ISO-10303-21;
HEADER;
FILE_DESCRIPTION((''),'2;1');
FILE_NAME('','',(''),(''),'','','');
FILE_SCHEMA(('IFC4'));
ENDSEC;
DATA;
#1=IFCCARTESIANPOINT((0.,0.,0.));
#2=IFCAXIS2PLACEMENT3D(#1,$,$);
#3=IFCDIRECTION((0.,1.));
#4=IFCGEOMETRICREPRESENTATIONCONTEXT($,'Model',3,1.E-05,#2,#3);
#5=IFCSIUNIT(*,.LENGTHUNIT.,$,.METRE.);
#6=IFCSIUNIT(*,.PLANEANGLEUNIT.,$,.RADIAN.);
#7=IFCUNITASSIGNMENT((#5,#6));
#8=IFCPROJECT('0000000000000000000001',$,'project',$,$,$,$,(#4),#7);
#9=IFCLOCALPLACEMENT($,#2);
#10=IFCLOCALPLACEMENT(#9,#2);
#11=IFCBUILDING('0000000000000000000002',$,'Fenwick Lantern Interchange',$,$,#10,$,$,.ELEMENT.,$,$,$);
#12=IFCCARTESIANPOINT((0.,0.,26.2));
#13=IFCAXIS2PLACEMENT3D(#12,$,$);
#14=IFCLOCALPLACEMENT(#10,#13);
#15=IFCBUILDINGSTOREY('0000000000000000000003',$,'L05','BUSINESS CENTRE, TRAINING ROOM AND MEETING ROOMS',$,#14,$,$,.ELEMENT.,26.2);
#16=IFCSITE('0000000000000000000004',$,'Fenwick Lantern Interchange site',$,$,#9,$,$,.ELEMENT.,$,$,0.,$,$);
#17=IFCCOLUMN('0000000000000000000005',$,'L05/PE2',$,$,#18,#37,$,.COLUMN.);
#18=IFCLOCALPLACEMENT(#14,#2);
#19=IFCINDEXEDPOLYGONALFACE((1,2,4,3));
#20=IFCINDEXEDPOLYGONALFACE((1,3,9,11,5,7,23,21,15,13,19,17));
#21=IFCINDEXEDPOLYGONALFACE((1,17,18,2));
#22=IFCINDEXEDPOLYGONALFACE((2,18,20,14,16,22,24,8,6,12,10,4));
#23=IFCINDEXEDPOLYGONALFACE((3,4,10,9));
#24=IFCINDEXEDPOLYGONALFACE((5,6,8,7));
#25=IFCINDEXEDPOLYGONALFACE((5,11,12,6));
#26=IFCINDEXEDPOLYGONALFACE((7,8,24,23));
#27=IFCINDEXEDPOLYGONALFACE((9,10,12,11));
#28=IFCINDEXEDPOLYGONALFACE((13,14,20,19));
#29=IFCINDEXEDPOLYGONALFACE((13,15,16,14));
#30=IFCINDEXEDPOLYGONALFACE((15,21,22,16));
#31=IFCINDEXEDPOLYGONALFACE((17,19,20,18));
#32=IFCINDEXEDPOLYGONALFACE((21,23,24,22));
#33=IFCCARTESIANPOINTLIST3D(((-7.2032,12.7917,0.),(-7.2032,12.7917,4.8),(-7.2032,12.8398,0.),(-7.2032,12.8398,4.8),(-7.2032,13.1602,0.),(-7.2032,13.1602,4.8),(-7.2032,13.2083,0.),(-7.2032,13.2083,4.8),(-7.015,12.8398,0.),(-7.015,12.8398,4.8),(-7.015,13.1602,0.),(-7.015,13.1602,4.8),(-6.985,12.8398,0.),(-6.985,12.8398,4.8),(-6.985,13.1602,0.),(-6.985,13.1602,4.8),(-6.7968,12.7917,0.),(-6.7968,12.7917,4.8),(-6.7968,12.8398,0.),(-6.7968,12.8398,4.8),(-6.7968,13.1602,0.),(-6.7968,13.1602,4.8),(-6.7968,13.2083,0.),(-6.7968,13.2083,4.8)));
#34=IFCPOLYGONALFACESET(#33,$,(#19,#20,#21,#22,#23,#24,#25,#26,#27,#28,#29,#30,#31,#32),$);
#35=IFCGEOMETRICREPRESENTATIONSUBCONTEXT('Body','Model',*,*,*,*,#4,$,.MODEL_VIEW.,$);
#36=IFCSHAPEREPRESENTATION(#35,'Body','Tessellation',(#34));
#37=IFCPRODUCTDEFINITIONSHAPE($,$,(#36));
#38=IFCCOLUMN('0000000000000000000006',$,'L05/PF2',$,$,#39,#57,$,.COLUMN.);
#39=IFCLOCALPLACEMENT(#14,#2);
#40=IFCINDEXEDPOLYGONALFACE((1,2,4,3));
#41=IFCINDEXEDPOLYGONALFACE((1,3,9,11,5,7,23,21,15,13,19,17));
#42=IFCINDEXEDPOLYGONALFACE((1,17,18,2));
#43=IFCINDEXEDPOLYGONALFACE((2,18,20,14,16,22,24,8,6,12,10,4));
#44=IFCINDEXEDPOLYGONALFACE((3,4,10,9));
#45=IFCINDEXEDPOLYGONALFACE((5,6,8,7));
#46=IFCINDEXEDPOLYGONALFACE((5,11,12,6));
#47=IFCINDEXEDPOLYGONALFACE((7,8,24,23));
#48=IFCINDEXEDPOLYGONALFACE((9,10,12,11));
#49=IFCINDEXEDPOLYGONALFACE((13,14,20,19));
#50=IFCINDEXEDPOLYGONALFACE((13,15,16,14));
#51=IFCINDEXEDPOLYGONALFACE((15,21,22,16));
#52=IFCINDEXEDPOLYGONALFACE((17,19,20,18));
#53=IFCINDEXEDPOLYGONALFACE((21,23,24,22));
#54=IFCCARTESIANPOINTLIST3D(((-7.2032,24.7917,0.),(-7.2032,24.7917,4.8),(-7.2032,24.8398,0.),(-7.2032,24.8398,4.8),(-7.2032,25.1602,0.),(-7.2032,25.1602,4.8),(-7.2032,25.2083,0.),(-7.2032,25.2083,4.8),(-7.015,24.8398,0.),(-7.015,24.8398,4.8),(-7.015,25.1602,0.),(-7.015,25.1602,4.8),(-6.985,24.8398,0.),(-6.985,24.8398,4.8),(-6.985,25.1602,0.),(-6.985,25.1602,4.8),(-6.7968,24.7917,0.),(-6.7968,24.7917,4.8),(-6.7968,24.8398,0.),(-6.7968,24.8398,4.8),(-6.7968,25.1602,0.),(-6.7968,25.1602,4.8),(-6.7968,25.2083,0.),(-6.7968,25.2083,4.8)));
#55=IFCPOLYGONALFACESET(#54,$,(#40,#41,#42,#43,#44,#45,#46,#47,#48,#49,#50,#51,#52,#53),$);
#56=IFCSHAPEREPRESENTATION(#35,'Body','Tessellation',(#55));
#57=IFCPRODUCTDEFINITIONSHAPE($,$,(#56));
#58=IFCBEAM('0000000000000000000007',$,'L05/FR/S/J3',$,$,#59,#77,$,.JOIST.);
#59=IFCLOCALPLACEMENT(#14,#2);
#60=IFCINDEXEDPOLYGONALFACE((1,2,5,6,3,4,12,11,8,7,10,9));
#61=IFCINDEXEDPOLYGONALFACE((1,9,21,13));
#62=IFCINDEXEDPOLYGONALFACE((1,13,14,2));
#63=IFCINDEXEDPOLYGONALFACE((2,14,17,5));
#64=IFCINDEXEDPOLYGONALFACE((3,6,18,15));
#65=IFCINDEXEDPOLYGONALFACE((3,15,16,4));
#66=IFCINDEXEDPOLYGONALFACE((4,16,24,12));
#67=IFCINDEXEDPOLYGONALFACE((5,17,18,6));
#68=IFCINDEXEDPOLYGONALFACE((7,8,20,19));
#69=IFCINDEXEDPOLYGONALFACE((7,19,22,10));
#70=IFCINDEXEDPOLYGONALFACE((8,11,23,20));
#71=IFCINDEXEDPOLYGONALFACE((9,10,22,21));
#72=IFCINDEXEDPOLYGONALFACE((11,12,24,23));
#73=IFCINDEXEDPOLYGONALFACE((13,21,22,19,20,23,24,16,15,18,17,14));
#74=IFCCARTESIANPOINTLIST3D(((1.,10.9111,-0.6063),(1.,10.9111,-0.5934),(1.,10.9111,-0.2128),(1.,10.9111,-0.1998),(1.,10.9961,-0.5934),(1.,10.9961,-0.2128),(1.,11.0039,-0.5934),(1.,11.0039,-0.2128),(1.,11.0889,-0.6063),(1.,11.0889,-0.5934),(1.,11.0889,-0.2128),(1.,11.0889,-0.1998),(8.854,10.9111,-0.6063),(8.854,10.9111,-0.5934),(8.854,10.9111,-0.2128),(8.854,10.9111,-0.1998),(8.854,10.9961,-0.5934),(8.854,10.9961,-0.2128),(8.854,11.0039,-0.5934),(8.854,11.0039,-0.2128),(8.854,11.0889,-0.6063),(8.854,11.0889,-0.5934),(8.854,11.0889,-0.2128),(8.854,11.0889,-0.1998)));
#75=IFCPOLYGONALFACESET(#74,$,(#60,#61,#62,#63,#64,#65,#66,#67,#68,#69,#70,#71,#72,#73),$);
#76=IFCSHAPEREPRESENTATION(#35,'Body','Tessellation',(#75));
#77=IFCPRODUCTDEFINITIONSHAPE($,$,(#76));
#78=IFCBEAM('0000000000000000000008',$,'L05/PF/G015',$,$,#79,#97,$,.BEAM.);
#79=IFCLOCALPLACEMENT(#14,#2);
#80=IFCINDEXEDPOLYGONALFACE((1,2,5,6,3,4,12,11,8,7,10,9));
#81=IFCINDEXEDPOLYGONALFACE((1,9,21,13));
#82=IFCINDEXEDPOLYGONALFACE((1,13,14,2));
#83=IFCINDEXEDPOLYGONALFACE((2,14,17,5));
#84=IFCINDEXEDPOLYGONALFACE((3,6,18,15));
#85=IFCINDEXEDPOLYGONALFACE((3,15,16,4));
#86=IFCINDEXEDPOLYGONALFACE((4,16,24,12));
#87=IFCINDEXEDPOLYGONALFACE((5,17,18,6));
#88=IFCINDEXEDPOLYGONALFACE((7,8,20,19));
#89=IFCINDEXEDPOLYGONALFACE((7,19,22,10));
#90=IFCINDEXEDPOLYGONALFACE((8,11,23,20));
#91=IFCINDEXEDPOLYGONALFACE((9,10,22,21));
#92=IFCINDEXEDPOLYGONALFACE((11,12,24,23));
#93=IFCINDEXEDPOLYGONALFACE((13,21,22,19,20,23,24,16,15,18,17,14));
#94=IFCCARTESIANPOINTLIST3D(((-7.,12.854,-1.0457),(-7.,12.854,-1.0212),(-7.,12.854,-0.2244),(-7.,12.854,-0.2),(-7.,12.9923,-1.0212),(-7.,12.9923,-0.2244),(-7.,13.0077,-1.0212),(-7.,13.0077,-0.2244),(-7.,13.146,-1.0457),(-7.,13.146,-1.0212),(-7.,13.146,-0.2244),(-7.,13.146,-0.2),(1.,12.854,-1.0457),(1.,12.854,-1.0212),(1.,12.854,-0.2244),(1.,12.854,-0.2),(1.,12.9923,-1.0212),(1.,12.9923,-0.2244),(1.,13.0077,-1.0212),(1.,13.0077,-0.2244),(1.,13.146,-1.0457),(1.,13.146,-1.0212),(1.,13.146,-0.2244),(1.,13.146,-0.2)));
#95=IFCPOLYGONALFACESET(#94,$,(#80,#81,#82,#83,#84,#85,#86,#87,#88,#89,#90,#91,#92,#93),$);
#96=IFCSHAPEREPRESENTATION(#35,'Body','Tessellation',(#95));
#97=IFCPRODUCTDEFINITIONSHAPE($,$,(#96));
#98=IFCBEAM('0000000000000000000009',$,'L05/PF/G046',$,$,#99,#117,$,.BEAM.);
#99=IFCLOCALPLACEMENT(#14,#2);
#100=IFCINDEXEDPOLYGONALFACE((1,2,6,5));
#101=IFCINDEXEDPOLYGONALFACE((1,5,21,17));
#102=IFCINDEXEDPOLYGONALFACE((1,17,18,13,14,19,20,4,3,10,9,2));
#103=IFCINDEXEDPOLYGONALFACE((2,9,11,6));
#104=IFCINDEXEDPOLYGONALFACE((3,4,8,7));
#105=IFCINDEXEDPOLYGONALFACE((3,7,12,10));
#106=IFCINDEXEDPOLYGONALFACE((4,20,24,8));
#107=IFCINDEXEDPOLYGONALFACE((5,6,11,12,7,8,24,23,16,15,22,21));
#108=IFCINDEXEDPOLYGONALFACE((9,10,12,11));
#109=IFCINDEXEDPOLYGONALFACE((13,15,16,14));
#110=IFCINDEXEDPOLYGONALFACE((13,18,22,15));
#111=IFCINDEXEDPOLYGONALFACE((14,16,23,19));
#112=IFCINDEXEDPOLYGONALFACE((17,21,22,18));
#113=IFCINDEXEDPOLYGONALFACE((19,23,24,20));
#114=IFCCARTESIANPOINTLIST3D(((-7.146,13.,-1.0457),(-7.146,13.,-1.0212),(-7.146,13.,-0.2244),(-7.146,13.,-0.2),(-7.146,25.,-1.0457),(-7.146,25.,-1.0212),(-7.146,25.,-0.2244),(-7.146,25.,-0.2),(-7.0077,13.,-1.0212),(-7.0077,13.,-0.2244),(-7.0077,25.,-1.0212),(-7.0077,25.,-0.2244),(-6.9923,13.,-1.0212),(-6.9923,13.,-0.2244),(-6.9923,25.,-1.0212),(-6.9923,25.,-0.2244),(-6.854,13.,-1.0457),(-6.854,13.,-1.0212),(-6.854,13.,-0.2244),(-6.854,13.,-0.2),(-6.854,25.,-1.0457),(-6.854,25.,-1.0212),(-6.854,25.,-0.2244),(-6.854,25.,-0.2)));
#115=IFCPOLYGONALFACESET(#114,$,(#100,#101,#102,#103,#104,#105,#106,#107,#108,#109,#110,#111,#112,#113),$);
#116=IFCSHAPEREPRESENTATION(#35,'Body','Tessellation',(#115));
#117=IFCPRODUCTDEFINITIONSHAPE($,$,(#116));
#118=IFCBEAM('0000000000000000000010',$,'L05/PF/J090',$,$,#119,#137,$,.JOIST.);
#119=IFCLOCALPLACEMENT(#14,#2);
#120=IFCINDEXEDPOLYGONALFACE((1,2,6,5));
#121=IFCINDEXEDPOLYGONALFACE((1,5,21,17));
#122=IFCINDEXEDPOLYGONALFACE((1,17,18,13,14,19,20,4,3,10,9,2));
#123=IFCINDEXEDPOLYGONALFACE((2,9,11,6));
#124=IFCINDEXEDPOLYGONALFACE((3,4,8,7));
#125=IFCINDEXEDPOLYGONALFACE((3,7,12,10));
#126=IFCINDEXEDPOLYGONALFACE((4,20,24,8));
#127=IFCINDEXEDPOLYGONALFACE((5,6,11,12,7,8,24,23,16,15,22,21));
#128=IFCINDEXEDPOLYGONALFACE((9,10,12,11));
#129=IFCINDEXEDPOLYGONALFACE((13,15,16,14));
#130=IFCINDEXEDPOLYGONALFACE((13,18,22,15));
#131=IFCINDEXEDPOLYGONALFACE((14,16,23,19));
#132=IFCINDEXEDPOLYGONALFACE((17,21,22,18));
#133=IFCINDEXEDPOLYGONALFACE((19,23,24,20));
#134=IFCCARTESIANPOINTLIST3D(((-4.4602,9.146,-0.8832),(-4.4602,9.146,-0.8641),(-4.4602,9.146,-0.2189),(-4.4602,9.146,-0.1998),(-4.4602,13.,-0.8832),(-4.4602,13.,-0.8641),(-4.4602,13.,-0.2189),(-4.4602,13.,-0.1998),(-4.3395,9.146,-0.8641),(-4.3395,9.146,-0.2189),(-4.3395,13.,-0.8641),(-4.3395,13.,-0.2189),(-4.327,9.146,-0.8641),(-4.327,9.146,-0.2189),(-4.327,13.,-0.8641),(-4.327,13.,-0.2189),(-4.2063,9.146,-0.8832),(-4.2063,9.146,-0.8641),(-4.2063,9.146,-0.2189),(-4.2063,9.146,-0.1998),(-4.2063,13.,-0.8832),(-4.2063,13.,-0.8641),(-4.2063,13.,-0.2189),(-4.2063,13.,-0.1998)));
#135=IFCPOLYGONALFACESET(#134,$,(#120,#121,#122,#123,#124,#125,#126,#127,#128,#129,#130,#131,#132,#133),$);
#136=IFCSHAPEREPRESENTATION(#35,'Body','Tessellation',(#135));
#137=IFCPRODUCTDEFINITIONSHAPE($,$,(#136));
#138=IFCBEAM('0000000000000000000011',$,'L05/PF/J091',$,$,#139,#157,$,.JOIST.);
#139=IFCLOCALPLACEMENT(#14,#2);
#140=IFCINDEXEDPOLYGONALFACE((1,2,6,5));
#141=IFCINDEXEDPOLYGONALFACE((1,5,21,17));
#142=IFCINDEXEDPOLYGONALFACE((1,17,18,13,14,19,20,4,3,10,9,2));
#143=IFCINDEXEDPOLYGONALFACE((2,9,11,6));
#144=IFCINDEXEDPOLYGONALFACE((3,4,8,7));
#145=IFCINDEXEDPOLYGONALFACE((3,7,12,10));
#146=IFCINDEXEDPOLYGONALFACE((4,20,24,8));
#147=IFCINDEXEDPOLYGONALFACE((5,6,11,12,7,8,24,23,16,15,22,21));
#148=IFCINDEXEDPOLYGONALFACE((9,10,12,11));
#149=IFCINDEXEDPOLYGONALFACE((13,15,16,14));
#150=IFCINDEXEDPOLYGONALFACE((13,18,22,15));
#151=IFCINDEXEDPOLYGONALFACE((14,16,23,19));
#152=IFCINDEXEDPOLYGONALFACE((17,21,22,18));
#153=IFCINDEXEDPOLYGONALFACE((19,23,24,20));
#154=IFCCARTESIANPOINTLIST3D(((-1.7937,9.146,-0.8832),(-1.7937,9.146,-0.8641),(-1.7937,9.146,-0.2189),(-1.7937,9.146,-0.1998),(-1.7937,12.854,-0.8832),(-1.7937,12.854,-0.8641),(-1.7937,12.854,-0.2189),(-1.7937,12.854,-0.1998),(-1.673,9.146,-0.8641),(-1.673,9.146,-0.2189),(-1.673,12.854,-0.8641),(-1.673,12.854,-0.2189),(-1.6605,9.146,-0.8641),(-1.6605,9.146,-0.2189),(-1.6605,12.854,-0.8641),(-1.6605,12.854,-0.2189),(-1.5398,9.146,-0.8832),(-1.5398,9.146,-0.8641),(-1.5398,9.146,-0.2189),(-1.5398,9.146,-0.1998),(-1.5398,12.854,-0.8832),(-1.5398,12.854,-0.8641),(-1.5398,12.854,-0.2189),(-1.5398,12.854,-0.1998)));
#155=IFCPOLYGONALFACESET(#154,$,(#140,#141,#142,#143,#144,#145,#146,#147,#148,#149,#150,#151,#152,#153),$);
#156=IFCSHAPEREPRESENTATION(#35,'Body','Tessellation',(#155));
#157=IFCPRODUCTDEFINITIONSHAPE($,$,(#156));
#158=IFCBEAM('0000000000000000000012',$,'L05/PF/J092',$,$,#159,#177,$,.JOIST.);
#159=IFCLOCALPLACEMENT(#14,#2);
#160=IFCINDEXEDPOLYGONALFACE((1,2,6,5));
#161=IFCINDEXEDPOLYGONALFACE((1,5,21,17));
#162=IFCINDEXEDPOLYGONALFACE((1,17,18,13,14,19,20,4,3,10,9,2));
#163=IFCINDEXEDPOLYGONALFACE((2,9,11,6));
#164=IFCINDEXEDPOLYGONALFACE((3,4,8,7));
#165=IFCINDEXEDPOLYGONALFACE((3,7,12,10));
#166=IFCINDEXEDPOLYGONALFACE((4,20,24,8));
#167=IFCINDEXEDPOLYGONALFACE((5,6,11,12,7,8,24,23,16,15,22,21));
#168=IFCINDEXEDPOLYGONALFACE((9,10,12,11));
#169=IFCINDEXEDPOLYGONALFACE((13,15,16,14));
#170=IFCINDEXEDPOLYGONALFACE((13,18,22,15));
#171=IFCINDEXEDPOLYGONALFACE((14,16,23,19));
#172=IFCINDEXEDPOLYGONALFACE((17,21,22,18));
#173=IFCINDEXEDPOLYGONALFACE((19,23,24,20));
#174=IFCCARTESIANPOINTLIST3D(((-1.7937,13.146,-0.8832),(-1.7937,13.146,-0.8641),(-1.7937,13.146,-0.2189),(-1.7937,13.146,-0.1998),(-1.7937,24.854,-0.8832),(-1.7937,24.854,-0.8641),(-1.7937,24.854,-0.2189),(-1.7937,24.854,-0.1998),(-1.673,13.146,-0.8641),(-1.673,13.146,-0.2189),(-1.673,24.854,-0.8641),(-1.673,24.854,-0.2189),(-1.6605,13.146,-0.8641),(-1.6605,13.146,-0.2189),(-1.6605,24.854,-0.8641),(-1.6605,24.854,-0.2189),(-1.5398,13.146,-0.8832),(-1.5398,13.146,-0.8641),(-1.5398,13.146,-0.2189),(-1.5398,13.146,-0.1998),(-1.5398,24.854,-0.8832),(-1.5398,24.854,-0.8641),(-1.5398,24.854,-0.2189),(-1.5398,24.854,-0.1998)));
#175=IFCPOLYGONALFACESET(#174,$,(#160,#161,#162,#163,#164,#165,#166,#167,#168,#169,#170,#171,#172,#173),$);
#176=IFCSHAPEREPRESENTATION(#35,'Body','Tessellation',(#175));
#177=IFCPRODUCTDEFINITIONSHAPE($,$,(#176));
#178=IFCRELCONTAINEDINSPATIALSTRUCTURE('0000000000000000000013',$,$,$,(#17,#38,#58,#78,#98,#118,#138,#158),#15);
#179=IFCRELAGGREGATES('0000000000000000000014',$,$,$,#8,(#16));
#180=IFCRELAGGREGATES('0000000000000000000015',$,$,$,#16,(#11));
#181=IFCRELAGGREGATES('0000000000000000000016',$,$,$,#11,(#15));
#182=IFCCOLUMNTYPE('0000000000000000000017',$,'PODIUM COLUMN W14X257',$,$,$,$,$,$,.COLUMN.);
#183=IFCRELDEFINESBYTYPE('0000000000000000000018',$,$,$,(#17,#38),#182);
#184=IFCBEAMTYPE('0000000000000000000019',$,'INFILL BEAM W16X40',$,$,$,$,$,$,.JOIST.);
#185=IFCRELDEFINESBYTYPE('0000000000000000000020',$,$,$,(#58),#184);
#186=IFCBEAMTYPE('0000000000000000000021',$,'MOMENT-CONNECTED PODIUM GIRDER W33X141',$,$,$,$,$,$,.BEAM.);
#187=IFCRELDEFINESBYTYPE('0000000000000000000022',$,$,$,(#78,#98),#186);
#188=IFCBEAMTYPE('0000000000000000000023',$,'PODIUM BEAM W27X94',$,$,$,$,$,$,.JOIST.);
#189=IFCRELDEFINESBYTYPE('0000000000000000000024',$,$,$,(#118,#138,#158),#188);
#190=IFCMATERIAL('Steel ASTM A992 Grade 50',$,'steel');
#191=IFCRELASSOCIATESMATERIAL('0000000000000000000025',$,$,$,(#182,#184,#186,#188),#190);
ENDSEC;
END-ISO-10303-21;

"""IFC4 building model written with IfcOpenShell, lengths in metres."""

from ifc_helpers import new_model, si_unit, direction, frame, origin, origin_2d, place, context, subcontext, project, spatial, i_section, extrude, material, material_profile, profile_set, type_object, element, save


model = new_model("IFC4")

# Units and contexts
model_context = context("Model", 3, precision=1e-05, world=origin(), true_north=direction((0.0, 1.0)))
body_context = subcontext(model_context, "Body", "Model", "MODEL_VIEW")
ifc_project = project(units=[si_unit("LENGTHUNIT", "METRE"), si_unit("PLANEANGLEUNIT", "RADIAN")], contexts=[model_context])

# Site, building, storey
site_placement = place(None, origin())
site = spatial("IfcSite", under=ifc_project, at=site_placement, Name="Fenwick Lantern Interchange site", CompositionType="ELEMENT", RefElevation=0.0)
building_placement = place(site_placement, origin())
building = spatial("IfcBuilding", under=site, at=building_placement, Name="Fenwick Lantern Interchange", CompositionType="ELEMENT")
storey_placement = place(building_placement, frame((0.0, 0.0, 26.2)))
storey = spatial("IfcBuildingStorey", under=building, at=storey_placement, Name="L05", Description="BUSINESS CENTRE, TRAINING ROOM AND MEETING ROOMS", CompositionType="ELEMENT", Elevation=26.2)

# Columns
ifc_material_1 = material(Name="Steel ASTM A992 Grade 50", Category="steel")
ifc_material_profile_1 = material_profile(ifc_material_1, i_section(OverallWidth=0.4065, OverallDepth=0.4165, WebThickness=0.03, FlangeThickness=0.0481, at=origin_2d()), Name="W14X257")
ifc_profile_set_1 = profile_set([ifc_material_profile_1], Name="Steel ASTM A992 Grade 50")
column_type = type_object("IfcColumnType", Name="PODIUM COLUMN W14X257", PredefinedType="COLUMN", material=ifc_profile_set_1)
for number, where, z_axis, x_axis, name in (
    (1, (-7.0, 13.0, 0.0), (0.0, 0.0, 1.0), (1.0, 0.0, 0.0), "L05/PE2"),
    (2, (-7.0, 25.0, 0.0), (0.0, 0.0, 1.0), (1.0, 0.0, 0.0), "L05/PF2"),
):
    element("IfcColumn", number, at=place(storey_placement, frame(where, z_axis=z_axis, x_axis=x_axis)), inside=storey, type_object=column_type, Name=name, PredefinedType="COLUMN", context=body_context, shape_type="SweptSolid", body=[
        extrude(i_section(OverallWidth=0.4065, OverallDepth=0.4165, WebThickness=0.03, FlangeThickness=0.0481, at=origin_2d()), origin(), (0.0, 0.0, 1.0), 4.8),
    ])

# Beams
ifc_material_profile_2 = material_profile(ifc_material_1, i_section(OverallWidth=0.1777, OverallDepth=0.4065, WebThickness=0.0078, FlangeThickness=0.0129, at=origin_2d()), Name="W16X40")
ifc_profile_set_2 = profile_set([ifc_material_profile_2], Name="Steel ASTM A992 Grade 50")
beam_type_1 = type_object("IfcBeamType", Name="INFILL BEAM W16X40", PredefinedType="JOIST", material=ifc_profile_set_2)
beam_1_placement = place(storey_placement, frame((1.0, 11.0, -0.4031), z_axis=(1.0, 0.0, 0.0), x_axis=(0.0, 1.0, 0.0)))
element("IfcBeam", 3, at=beam_1_placement, inside=storey, type_object=beam_type_1, Name="L05/FR/S/J3", PredefinedType="JOIST", context=body_context, shape_type="SweptSolid", body=[
    extrude(i_section(OverallWidth=0.1777, OverallDepth=0.4065, WebThickness=0.0078, FlangeThickness=0.0129, at=origin_2d()), origin(), (0.0, 0.0, 1.0), 7.854),
])
ifc_material_profile_3 = material_profile(ifc_material_1, i_section(OverallWidth=0.292, OverallDepth=0.8457, WebThickness=0.0154, FlangeThickness=0.0244, at=origin_2d()), Name="W33X141")
ifc_profile_set_3 = profile_set([ifc_material_profile_3], Name="Steel ASTM A992 Grade 50")
beam_type_2 = type_object("IfcBeamType", Name="MOMENT-CONNECTED PODIUM GIRDER W33X141", PredefinedType="BEAM", material=ifc_profile_set_3)
beam_2_placement = place(storey_placement, frame((-7.0, 13.0, -0.6228), z_axis=(1.0, 0.0, 0.0), x_axis=(0.0, 1.0, 0.0)))
element("IfcBeam", 4, at=beam_2_placement, inside=storey, type_object=beam_type_2, Name="L05/PF/G015", PredefinedType="BEAM", context=body_context, shape_type="SweptSolid", body=[
    extrude(i_section(OverallWidth=0.292, OverallDepth=0.8457, WebThickness=0.0154, FlangeThickness=0.0244, at=origin_2d()), origin(), (0.0, 0.0, 1.0), 8.0),
])
beam_3_placement = place(storey_placement, frame((-7.0, 13.0, -0.6228), z_axis=(0.0, 1.0, 0.0), x_axis=(-1.0, 0.0, 0.0)))
element("IfcBeam", 5, at=beam_3_placement, inside=storey, type_object=beam_type_2, Name="L05/PF/G046", PredefinedType="BEAM", context=body_context, shape_type="SweptSolid", body=[
    extrude(i_section(OverallWidth=0.292, OverallDepth=0.8457, WebThickness=0.0154, FlangeThickness=0.0244, at=origin_2d()), origin(), (0.0, 0.0, 1.0), 12.0),
])
ifc_material_profile_4 = material_profile(ifc_material_1, i_section(OverallWidth=0.2539, OverallDepth=0.6833, WebThickness=0.0125, FlangeThickness=0.019, at=origin_2d()), Name="W27X94")
ifc_profile_set_4 = profile_set([ifc_material_profile_4], Name="Steel ASTM A992 Grade 50")
beam_type_3 = type_object("IfcBeamType", Name="PODIUM BEAM W27X94", PredefinedType="JOIST", material=ifc_profile_set_4)
beam_4_placement = place(storey_placement, frame((-4.3333, 9.146, -0.5415), z_axis=(0.0, 1.0, 0.0), x_axis=(-1.0, 0.0, 0.0)))
element("IfcBeam", 6, at=beam_4_placement, inside=storey, type_object=beam_type_3, Name="L05/PF/J090", PredefinedType="JOIST", context=body_context, shape_type="SweptSolid", body=[
    extrude(i_section(OverallWidth=0.2539, OverallDepth=0.6833, WebThickness=0.0125, FlangeThickness=0.019, at=origin_2d()), origin(), (0.0, 0.0, 1.0), 3.854),
])
beam_5_placement = place(storey_placement, frame((-1.6667, 9.146, -0.5415), z_axis=(0.0, 1.0, 0.0), x_axis=(-1.0, 0.0, 0.0)))
element("IfcBeam", 7, at=beam_5_placement, inside=storey, type_object=beam_type_3, Name="L05/PF/J091", PredefinedType="JOIST", context=body_context, shape_type="SweptSolid", body=[
    extrude(i_section(OverallWidth=0.2539, OverallDepth=0.6833, WebThickness=0.0125, FlangeThickness=0.019, at=origin_2d()), origin(), (0.0, 0.0, 1.0), 3.708),
])
beam_6_placement = place(storey_placement, frame((-1.6667, 13.146, -0.5415), z_axis=(0.0, 1.0, 0.0), x_axis=(-1.0, 0.0, 0.0)))
element("IfcBeam", 8, at=beam_6_placement, inside=storey, type_object=beam_type_3, Name="L05/PF/J092", PredefinedType="JOIST", context=body_context, shape_type="SweptSolid", body=[
    extrude(i_section(OverallWidth=0.2539, OverallDepth=0.6833, WebThickness=0.0125, FlangeThickness=0.019, at=origin_2d()), origin(), (0.0, 0.0, 1.0), 11.708),
])

save(model, "model.ifc")
